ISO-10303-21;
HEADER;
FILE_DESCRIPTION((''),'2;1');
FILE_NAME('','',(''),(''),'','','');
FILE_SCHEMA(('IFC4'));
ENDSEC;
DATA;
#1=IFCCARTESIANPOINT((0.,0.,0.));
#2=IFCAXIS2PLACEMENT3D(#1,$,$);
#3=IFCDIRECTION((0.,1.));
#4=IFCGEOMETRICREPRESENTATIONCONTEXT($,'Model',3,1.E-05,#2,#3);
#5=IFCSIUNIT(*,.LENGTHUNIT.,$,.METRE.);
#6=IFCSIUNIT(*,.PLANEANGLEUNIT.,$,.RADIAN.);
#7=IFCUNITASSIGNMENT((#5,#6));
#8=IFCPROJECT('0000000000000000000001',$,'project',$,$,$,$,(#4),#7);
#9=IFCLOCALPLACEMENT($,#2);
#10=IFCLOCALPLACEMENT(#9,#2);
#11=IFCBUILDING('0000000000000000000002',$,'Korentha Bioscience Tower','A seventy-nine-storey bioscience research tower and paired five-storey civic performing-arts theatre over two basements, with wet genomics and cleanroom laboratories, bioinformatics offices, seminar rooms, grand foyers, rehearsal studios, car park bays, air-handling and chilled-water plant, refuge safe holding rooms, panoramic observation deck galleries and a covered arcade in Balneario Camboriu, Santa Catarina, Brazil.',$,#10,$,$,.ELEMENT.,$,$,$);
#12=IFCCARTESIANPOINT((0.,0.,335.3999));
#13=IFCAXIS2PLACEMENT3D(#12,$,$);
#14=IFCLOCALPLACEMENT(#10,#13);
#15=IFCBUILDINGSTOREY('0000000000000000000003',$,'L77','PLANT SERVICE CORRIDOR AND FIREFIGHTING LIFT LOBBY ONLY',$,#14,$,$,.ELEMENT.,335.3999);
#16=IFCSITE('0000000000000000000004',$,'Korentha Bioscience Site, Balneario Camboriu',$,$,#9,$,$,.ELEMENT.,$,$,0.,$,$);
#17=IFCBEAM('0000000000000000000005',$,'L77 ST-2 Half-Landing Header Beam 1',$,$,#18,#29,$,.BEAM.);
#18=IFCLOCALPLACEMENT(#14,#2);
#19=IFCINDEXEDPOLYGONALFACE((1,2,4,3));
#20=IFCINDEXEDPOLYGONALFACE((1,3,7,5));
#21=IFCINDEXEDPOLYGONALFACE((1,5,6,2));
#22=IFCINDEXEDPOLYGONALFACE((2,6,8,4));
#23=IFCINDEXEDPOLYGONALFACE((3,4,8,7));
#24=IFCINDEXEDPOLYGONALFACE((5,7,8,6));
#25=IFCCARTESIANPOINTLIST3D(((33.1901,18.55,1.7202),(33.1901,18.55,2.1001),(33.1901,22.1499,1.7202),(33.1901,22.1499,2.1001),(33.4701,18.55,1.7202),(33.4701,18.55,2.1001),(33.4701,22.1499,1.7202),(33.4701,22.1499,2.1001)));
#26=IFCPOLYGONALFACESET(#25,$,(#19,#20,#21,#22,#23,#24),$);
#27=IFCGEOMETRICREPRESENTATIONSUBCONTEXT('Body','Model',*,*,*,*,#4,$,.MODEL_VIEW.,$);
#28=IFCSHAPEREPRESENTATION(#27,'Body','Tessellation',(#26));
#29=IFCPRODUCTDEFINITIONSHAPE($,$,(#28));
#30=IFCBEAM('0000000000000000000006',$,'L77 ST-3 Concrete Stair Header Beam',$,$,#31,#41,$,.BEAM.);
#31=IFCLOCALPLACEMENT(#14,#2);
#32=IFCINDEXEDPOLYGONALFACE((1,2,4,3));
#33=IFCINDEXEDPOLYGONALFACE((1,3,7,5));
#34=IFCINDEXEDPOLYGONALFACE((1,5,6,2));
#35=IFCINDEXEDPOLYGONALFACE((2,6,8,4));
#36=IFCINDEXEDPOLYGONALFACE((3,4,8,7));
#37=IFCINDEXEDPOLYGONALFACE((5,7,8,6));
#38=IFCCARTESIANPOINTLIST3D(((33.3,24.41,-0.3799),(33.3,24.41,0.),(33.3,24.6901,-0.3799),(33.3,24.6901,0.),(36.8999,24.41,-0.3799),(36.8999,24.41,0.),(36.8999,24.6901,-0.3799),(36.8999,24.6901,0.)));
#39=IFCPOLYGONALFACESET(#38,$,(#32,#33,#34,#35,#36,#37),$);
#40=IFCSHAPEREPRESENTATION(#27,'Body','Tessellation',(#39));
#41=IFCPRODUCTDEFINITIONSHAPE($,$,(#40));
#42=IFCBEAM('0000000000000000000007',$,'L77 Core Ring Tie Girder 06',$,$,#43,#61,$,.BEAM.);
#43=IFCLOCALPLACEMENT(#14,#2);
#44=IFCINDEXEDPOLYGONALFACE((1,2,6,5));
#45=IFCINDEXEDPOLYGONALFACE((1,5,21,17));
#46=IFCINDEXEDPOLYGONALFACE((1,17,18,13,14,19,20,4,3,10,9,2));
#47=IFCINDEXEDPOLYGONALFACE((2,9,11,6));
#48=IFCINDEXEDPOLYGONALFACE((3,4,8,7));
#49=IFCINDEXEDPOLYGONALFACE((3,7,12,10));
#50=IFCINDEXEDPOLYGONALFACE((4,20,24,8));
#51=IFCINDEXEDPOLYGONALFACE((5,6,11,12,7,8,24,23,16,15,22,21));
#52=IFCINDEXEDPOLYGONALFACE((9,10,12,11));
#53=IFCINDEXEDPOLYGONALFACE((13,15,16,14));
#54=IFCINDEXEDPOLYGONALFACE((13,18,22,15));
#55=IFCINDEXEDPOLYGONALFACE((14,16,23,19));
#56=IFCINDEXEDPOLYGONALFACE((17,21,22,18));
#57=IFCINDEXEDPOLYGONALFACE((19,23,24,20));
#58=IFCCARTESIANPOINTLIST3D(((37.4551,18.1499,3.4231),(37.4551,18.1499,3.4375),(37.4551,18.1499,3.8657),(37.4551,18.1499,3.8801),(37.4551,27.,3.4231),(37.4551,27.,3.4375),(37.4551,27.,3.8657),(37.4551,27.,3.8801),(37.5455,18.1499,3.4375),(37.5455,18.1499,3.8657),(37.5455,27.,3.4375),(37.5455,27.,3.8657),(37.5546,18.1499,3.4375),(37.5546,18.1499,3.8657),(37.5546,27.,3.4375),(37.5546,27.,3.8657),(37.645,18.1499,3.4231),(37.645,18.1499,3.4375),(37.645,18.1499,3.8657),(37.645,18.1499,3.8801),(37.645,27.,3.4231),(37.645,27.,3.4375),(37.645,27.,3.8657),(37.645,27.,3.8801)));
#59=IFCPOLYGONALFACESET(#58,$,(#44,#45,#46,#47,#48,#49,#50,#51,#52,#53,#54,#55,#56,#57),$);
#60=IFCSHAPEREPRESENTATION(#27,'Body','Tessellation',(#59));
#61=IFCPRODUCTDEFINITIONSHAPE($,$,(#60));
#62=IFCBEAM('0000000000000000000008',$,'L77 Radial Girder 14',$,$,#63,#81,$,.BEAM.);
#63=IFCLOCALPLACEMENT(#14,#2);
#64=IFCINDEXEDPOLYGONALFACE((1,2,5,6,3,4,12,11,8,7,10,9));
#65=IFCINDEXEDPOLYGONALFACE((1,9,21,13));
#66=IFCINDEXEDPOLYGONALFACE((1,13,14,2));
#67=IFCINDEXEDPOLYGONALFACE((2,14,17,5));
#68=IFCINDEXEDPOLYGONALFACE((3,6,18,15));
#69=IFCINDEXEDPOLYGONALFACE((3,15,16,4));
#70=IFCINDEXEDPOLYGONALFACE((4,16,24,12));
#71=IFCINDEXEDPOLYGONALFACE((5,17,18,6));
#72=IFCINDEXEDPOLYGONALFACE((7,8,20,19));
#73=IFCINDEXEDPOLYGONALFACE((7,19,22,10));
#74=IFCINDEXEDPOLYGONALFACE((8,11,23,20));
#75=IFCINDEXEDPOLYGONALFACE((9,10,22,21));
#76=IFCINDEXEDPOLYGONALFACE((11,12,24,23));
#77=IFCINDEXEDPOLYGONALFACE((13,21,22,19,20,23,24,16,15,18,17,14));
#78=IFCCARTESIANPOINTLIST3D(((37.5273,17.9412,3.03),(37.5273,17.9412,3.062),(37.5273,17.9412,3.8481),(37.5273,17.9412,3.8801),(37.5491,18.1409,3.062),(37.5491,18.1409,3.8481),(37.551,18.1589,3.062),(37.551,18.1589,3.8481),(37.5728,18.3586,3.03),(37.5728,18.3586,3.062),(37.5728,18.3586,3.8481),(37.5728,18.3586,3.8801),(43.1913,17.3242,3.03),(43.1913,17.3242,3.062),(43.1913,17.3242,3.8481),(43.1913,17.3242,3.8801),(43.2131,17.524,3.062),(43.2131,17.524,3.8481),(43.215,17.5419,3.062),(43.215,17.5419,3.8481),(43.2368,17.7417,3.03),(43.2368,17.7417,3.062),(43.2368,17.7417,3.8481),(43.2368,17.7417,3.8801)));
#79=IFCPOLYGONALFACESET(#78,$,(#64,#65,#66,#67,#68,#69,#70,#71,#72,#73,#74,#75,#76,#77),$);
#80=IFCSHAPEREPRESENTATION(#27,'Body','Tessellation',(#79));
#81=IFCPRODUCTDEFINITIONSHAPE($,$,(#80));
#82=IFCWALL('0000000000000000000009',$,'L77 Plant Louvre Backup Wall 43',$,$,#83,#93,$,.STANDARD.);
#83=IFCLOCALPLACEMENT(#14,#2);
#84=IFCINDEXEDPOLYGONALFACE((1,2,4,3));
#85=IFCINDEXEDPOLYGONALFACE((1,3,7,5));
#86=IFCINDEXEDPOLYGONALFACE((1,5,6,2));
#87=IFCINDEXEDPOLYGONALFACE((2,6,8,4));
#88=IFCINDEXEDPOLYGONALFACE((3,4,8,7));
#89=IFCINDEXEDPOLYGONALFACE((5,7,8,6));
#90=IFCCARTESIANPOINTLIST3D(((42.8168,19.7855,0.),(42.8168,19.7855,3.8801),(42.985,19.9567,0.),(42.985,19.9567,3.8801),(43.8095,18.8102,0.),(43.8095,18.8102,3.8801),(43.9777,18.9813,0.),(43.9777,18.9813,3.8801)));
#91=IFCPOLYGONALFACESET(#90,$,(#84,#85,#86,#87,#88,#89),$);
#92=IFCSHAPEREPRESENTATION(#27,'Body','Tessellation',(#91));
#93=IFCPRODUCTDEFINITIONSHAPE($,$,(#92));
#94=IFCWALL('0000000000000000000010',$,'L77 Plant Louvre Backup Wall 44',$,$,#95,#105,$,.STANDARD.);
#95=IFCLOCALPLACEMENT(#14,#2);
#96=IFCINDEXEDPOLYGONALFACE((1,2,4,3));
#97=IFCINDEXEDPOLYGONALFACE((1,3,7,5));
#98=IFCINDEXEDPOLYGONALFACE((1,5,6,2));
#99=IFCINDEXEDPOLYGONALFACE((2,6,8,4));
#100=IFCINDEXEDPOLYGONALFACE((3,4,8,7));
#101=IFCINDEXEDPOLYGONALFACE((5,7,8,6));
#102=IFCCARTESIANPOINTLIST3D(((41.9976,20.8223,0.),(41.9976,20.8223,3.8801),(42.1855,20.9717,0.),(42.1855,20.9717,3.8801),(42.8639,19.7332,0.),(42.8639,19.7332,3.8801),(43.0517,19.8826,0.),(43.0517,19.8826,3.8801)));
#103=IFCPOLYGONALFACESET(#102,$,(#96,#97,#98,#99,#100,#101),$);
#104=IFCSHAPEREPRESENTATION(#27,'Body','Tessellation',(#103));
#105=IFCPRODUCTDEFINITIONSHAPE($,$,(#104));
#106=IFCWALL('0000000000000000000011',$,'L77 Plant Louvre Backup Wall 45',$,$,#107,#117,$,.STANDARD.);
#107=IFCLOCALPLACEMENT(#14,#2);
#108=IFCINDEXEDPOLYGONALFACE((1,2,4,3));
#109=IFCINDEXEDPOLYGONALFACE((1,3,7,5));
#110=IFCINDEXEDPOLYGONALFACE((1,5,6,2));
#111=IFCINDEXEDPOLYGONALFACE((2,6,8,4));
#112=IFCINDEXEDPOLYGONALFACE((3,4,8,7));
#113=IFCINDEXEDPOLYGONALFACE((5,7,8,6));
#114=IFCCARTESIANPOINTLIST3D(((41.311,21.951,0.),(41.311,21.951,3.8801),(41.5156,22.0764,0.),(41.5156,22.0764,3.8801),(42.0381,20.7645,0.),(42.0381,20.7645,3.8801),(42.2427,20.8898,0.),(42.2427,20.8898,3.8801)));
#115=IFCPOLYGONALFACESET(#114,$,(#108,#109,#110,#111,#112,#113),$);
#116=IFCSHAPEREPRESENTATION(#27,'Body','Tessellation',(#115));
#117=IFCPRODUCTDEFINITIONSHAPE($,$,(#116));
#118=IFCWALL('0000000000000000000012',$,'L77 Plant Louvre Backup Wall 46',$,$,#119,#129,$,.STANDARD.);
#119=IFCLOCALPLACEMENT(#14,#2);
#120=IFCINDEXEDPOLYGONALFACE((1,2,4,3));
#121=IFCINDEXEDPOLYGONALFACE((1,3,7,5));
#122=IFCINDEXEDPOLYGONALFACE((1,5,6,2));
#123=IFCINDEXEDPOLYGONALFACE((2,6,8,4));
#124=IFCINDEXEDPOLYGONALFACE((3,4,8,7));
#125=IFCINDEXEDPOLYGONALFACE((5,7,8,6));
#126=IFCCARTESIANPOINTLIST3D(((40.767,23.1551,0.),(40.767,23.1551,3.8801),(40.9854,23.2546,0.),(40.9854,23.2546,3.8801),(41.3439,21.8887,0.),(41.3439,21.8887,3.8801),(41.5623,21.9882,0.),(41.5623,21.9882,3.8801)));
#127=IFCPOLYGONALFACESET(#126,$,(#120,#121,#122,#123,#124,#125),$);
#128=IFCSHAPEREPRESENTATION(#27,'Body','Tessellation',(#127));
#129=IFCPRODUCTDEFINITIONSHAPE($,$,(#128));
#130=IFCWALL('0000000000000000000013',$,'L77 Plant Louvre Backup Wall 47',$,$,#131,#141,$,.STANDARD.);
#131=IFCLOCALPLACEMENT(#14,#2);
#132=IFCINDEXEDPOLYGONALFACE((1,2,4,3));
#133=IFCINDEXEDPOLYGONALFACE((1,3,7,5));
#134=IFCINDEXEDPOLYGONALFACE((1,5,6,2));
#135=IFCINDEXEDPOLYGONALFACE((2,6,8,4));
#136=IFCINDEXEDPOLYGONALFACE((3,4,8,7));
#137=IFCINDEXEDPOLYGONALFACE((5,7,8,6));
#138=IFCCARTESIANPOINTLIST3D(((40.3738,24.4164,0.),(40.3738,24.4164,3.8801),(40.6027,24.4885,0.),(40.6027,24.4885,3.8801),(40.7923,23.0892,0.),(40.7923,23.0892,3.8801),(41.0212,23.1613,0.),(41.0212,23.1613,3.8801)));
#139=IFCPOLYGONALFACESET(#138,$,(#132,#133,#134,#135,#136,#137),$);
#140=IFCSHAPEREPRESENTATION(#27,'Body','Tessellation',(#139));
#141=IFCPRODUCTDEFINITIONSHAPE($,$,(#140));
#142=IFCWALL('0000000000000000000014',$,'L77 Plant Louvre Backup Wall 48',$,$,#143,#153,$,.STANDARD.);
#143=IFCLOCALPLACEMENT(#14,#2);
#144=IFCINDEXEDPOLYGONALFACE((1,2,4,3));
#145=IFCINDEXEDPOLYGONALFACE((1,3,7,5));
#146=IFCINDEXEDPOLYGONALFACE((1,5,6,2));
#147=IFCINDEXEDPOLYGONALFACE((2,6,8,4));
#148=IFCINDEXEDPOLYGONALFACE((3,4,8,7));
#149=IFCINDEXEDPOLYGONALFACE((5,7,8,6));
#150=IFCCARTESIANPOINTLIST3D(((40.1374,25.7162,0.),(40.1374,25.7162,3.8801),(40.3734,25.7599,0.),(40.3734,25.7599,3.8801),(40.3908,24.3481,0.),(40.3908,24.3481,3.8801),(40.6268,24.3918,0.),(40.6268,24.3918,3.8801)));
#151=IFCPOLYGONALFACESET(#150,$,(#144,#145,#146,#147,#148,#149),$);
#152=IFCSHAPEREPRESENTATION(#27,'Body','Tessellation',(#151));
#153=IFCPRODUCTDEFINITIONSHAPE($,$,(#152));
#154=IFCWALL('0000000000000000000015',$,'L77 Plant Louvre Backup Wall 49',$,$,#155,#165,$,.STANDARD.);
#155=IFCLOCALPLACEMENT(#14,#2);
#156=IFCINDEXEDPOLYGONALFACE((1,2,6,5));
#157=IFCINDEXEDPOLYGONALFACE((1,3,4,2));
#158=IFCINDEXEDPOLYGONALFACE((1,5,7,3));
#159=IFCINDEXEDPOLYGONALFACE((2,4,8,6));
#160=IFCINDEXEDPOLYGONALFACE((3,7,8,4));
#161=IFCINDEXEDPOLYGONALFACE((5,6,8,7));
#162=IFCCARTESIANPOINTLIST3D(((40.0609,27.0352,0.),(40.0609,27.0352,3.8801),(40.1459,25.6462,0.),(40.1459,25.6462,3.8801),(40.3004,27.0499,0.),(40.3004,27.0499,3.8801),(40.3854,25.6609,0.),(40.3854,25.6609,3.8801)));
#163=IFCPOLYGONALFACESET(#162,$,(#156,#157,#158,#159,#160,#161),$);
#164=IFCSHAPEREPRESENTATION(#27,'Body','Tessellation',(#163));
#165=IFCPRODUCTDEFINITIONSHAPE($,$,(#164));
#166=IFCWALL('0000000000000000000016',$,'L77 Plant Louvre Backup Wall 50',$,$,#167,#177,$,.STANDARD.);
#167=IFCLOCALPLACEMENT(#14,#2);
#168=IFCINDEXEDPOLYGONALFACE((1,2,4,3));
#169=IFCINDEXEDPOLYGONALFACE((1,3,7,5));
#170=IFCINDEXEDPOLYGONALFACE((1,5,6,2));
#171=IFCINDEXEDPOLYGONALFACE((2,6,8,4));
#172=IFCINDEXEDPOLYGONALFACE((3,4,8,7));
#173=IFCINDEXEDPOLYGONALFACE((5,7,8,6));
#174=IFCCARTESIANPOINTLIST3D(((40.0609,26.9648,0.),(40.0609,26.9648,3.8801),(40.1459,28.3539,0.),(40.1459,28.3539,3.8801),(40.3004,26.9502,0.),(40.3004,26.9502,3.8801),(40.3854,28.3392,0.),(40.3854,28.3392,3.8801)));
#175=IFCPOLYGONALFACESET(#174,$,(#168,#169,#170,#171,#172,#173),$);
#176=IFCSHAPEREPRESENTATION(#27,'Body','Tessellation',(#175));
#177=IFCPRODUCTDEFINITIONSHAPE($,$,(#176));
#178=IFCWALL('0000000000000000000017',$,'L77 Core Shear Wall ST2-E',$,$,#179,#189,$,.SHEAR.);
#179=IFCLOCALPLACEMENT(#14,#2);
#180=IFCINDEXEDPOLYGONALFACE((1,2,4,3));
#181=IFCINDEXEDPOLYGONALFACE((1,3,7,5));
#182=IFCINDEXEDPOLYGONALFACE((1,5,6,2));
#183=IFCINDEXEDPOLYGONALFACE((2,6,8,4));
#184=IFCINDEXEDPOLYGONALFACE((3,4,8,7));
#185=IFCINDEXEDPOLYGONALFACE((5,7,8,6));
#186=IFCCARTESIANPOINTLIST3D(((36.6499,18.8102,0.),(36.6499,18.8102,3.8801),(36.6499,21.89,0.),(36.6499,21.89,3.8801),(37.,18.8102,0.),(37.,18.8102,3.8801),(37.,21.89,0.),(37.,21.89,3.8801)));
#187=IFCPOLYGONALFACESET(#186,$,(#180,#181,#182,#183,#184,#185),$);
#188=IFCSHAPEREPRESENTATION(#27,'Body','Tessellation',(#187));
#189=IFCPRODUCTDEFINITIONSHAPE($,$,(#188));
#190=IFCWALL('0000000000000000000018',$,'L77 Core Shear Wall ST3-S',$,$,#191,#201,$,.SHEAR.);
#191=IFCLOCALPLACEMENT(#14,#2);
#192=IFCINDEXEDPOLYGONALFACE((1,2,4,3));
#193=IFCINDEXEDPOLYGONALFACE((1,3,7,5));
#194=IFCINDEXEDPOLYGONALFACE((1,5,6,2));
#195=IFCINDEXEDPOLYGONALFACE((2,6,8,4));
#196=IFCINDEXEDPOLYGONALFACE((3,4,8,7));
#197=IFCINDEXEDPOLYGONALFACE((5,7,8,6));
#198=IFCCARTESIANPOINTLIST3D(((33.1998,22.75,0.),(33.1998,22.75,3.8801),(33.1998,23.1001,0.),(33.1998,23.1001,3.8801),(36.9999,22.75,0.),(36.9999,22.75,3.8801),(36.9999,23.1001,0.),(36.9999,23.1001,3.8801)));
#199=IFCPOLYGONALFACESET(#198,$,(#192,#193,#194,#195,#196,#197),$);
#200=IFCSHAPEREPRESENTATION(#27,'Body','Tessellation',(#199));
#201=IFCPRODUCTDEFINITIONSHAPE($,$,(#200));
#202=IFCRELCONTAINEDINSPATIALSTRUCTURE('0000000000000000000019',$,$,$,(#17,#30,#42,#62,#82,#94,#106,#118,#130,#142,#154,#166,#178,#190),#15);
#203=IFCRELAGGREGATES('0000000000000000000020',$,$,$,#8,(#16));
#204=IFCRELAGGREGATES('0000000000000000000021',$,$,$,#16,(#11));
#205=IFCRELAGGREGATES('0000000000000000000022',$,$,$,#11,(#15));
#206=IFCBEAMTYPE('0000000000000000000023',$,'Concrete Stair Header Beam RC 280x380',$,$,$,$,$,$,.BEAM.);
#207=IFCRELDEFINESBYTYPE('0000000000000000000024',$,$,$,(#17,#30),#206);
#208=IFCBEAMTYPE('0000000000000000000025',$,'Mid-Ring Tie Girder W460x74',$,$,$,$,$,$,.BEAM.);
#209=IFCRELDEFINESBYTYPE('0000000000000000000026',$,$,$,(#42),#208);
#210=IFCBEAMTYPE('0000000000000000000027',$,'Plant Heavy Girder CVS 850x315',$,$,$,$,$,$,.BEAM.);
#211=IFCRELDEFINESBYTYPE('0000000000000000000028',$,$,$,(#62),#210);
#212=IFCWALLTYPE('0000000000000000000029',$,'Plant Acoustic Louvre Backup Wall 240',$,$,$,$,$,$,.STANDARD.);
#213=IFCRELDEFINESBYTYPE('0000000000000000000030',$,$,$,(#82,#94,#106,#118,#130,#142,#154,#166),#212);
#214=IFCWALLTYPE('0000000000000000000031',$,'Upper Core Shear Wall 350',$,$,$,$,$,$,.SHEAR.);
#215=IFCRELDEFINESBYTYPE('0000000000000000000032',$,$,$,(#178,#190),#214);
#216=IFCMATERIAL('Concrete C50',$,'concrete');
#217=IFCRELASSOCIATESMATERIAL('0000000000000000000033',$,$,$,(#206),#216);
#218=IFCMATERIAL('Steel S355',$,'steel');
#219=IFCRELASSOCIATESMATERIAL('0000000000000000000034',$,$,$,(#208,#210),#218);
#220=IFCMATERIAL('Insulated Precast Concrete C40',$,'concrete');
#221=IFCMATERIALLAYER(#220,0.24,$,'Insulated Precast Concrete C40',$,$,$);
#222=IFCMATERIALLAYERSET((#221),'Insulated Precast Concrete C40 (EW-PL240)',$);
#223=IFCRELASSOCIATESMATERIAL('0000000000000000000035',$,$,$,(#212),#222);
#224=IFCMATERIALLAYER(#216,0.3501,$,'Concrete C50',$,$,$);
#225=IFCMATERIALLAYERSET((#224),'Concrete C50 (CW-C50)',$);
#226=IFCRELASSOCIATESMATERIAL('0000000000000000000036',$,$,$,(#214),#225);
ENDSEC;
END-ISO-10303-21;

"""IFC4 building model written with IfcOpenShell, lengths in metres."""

from ifc_helpers import new_model, si_unit, direction, frame, frame_2d, origin, origin_2d, place, context, subcontext, project, spatial, rectangle, i_section, extrude, material, layer, layer_set, material_profile, profile_set, type_object, element, save


model = new_model("IFC4")

# Units and contexts
model_context = context("Model", 3, precision=1e-05, world=origin(), true_north=direction((0.0, 1.0)))
body_context = subcontext(model_context, "Body", "Model", "MODEL_VIEW")
ifc_project = project(units=[si_unit("LENGTHUNIT", "METRE"), si_unit("PLANEANGLEUNIT", "RADIAN")], contexts=[model_context])

# Site, building, storey
site_placement = place(None, origin())
site = spatial("IfcSite", under=ifc_project, at=site_placement, Name="Korentha Bioscience Site, Balneario Camboriu", CompositionType="ELEMENT", RefElevation=0.0)
building_placement = place(site_placement, origin())
building = spatial("IfcBuilding", under=site, at=building_placement, Name="Korentha Bioscience Tower", Description="A seventy-nine-storey bioscience research tower and paired five-storey civic performing-arts theatre over two basements, with wet genomics and cleanroom laboratories, bioinformatics offices, seminar rooms, grand foyers, rehearsal studios, car park bays, air-handling and chilled-water plant, refuge safe holding rooms, panoramic observation deck galleries and a covered arcade in Balneario Camboriu, Santa Catarina, Brazil.", CompositionType="ELEMENT")
storey_placement = place(building_placement, frame((0.0, 0.0, 335.3999)))
storey = spatial("IfcBuildingStorey", under=building, at=storey_placement, Name="L77", Description="PLANT SERVICE CORRIDOR AND FIREFIGHTING LIFT LOBBY ONLY", CompositionType="ELEMENT", Elevation=335.3999)

# Beams
ifc_material_1 = material(Name="Concrete C50", Category="concrete")
ifc_material_profile_1 = material_profile(ifc_material_1, rectangle(XDim=0.28, YDim=0.3799, at=origin_2d()), Name="Concrete C50")
ifc_profile_set_1 = profile_set([ifc_material_profile_1], Name="Concrete C50 (ST-HB380)")
beam_type_1 = type_object("IfcBeamType", Name="Concrete Stair Header Beam RC 280x380", PredefinedType="BEAM", material=ifc_profile_set_1)
for number, where, z_axis, x_axis, name in (
    (1, (33.3301, 18.55, 1.9102), (0.0, 1.0, 0.0), (-1.0, 0.0, 0.0), "L77 ST-2 Half-Landing Header Beam 1"),
    (2, (36.8999, 24.55, -0.1899), (-1.0, 0.0, 0.0), (0.0, -1.0, 0.0), "L77 ST-3 Concrete Stair Header Beam"),
):
    element("IfcBeam", number, at=place(storey_placement, frame(where, z_axis=z_axis, x_axis=x_axis)), inside=storey, type_object=beam_type_1, Name=name, PredefinedType="BEAM", context=body_context, shape_type="SweptSolid", body=[
        extrude(rectangle(XDim=0.28, YDim=0.3799, at=origin_2d()), origin(), (0.0, 0.0, 1.0), 3.5999),
    ])
ifc_material_2 = material(Name="Steel S355", Category="steel")
ifc_material_profile_2 = material_profile(ifc_material_2, i_section(OverallWidth=0.1899, OverallDepth=0.457, WebThickness=0.009, FlangeThickness=0.0144, at=origin_2d()), Name="Steel S355")
ifc_profile_set_2 = profile_set([ifc_material_profile_2], Name="Steel S355 (MB-460)")
beam_type_2 = type_object("IfcBeamType", Name="Mid-Ring Tie Girder W460x74", PredefinedType="BEAM", material=ifc_profile_set_2)
beam_1_placement = place(storey_placement, frame((37.55, 18.1499, 3.6516), z_axis=(0.0, 1.0, 0.0), x_axis=(-1.0, 0.0, 0.0)))
element("IfcBeam", 3, at=beam_1_placement, inside=storey, type_object=beam_type_2, Name="L77 Core Ring Tie Girder 06", PredefinedType="BEAM", context=body_context, shape_type="SweptSolid", body=[
    extrude(i_section(OverallWidth=0.1899, OverallDepth=0.457, WebThickness=0.009, FlangeThickness=0.0144, at=origin_2d()), origin(), (0.0, 0.0, 1.0), 8.8501),
])
ifc_material_profile_3 = material_profile(ifc_material_2, i_section(OverallWidth=0.4199, OverallDepth=0.8501, WebThickness=0.0181, FlangeThickness=0.032, at=origin_2d()), Name="Steel S355")
ifc_profile_set_3 = profile_set([ifc_material_profile_3], Name="Steel S355 (MB-850)")
beam_type_3 = type_object("IfcBeamType", Name="Plant Heavy Girder CVS 850x315", PredefinedType="BEAM", material=ifc_profile_set_3)
beam_2_placement = place(storey_placement, frame((37.55, 18.1499, 3.4551), z_axis=(0.99412, -0.108282, 0.0), x_axis=(0.108282, 0.99412, 0.0)))
element("IfcBeam", 4, at=beam_2_placement, inside=storey, type_object=beam_type_3, Name="L77 Radial Girder 14", PredefinedType="BEAM", context=body_context, shape_type="SweptSolid", body=[
    extrude(i_section(OverallWidth=0.4199, OverallDepth=0.8501, WebThickness=0.0181, FlangeThickness=0.032, at=origin_2d()), origin(), (0.0, 0.0, 1.0), 5.6975),
])

# Walls
ifc_material_3 = material(Name="Insulated Precast Concrete C40", Category="concrete")
ifc_layer_1 = layer(ifc_material_3, 0.24, Name="Insulated Precast Concrete C40")
ifc_layer_set_1 = layer_set([ifc_layer_1], Name="Insulated Precast Concrete C40 (EW-PL240)")
wall_type_1 = type_object("IfcWallType", Name="Plant Acoustic Louvre Backup Wall 240", PredefinedType="STANDARD", material=ifc_layer_set_1)
for number, where, z_axis, x_axis, name in (
    (5, (43.8936, 18.8958, 0.0), (0.0, 0.0, 1.0), (-0.713307, 0.700852, 0.0), "L77 Plant Louvre Backup Wall 43"),
    (6, (42.9578, 19.8079, 0.0), (0.0, 0.0, 1.0), (-0.622467, 0.782646, 0.0), "L77 Plant Louvre Backup Wall 44"),
    (7, (42.1404, 20.8271, 0.0), (0.0, 0.0, 1.0), (-0.522472, 0.852657, 0.0), "L77 Plant Louvre Backup Wall 45"),
    (8, (41.4531, 21.9385, 0.0), (0.0, 0.0, 1.0), (-0.414569, 0.910018, 0.0), "L77 Plant Louvre Backup Wall 46"),
    (9, (40.9067, 23.1252, 0.0), (0.0, 0.0, 1.0), (-0.300712, 0.953715, 0.0), "L77 Plant Louvre Backup Wall 47"),
):
    element("IfcWall", number, at=place(storey_placement, frame(where, z_axis=z_axis, x_axis=x_axis)), inside=storey, type_object=wall_type_1, Name=name, PredefinedType="STANDARD", context=body_context, shape_type="SweptSolid", body=[
        extrude(rectangle(XDim=1.3916, YDim=0.24, at=frame_2d((0.6958, 0.0))), origin(), (0.0, 0.0, 1.0), 3.8801),
    ])
wall_1_placement = place(storey_placement, frame((40.5088, 24.3699, 0.0), z_axis=(0.0, 0.0, 1.0), x_axis=(-0.182127, 0.983275, 0.0)))
element("IfcWall", 10, at=wall_1_placement, inside=storey, type_object=wall_type_1, Name="L77 Plant Louvre Backup Wall 48", PredefinedType="STANDARD", context=body_context, shape_type="SweptSolid", body=[
    extrude(rectangle(XDim=1.3914, YDim=0.24, at=frame_2d((0.6958, 0.0))), origin(), (0.0, 0.0, 1.0), 3.8801),
])
for number, where, z_axis, x_axis, name in (
    (11, (40.2656, 25.6536, 0.0), (0.0, 0.0, 1.0), (-0.061057, 0.998134, 0.0), "L77 Plant Louvre Backup Wall 49"),
    (12, (40.1807, 26.9575, 0.0), (0.0, 0.0, 1.0), (0.061057, 0.998134, 0.0), "L77 Plant Louvre Backup Wall 50"),
):
    element("IfcWall", number, at=place(storey_placement, frame(where, z_axis=z_axis, x_axis=x_axis)), inside=storey, type_object=wall_type_1, Name=name, PredefinedType="STANDARD", context=body_context, shape_type="SweptSolid", body=[
        extrude(rectangle(XDim=1.3916, YDim=0.24, at=frame_2d((0.6958, 0.0))), origin(), (0.0, 0.0, 1.0), 3.8801),
    ])
ifc_layer_2 = layer(ifc_material_1, 0.3501, Name="Concrete C50")
ifc_layer_set_2 = layer_set([ifc_layer_2], Name="Concrete C50 (CW-C50)")
wall_type_2 = type_object("IfcWallType", Name="Upper Core Shear Wall 350", PredefinedType="SHEAR", material=ifc_layer_set_2)
wall_2_placement = place(storey_placement, frame((36.825, 18.8101, 0.0), z_axis=(0.0, 0.0, 1.0), x_axis=(0.0, 1.0, 0.0)))
element("IfcWall", 13, at=wall_2_placement, inside=storey, type_object=wall_type_2, Name="L77 Core Shear Wall ST2-E", PredefinedType="SHEAR", context=body_context, shape_type="SweptSolid", body=[
    extrude(rectangle(XDim=3.0798, YDim=0.3501, at=frame_2d((1.54, 0.0))), origin(), (0.0, 0.0, 1.0), 3.8801),
])
wall_3_placement = place(storey_placement, frame((33.2, 22.925, 0.0), z_axis=(0.0, 0.0, 1.0), x_axis=(1.0, 0.0, 0.0)))
element("IfcWall", 14, at=wall_3_placement, inside=storey, type_object=wall_type_2, Name="L77 Core Shear Wall ST3-S", PredefinedType="SHEAR", context=body_context, shape_type="SweptSolid", body=[
    extrude(rectangle(XDim=3.8, YDim=0.3501, at=frame_2d((1.8999, 0.0))), origin(), (0.0, 0.0, 1.0), 3.8801),
])

save(model, "model.ifc")
